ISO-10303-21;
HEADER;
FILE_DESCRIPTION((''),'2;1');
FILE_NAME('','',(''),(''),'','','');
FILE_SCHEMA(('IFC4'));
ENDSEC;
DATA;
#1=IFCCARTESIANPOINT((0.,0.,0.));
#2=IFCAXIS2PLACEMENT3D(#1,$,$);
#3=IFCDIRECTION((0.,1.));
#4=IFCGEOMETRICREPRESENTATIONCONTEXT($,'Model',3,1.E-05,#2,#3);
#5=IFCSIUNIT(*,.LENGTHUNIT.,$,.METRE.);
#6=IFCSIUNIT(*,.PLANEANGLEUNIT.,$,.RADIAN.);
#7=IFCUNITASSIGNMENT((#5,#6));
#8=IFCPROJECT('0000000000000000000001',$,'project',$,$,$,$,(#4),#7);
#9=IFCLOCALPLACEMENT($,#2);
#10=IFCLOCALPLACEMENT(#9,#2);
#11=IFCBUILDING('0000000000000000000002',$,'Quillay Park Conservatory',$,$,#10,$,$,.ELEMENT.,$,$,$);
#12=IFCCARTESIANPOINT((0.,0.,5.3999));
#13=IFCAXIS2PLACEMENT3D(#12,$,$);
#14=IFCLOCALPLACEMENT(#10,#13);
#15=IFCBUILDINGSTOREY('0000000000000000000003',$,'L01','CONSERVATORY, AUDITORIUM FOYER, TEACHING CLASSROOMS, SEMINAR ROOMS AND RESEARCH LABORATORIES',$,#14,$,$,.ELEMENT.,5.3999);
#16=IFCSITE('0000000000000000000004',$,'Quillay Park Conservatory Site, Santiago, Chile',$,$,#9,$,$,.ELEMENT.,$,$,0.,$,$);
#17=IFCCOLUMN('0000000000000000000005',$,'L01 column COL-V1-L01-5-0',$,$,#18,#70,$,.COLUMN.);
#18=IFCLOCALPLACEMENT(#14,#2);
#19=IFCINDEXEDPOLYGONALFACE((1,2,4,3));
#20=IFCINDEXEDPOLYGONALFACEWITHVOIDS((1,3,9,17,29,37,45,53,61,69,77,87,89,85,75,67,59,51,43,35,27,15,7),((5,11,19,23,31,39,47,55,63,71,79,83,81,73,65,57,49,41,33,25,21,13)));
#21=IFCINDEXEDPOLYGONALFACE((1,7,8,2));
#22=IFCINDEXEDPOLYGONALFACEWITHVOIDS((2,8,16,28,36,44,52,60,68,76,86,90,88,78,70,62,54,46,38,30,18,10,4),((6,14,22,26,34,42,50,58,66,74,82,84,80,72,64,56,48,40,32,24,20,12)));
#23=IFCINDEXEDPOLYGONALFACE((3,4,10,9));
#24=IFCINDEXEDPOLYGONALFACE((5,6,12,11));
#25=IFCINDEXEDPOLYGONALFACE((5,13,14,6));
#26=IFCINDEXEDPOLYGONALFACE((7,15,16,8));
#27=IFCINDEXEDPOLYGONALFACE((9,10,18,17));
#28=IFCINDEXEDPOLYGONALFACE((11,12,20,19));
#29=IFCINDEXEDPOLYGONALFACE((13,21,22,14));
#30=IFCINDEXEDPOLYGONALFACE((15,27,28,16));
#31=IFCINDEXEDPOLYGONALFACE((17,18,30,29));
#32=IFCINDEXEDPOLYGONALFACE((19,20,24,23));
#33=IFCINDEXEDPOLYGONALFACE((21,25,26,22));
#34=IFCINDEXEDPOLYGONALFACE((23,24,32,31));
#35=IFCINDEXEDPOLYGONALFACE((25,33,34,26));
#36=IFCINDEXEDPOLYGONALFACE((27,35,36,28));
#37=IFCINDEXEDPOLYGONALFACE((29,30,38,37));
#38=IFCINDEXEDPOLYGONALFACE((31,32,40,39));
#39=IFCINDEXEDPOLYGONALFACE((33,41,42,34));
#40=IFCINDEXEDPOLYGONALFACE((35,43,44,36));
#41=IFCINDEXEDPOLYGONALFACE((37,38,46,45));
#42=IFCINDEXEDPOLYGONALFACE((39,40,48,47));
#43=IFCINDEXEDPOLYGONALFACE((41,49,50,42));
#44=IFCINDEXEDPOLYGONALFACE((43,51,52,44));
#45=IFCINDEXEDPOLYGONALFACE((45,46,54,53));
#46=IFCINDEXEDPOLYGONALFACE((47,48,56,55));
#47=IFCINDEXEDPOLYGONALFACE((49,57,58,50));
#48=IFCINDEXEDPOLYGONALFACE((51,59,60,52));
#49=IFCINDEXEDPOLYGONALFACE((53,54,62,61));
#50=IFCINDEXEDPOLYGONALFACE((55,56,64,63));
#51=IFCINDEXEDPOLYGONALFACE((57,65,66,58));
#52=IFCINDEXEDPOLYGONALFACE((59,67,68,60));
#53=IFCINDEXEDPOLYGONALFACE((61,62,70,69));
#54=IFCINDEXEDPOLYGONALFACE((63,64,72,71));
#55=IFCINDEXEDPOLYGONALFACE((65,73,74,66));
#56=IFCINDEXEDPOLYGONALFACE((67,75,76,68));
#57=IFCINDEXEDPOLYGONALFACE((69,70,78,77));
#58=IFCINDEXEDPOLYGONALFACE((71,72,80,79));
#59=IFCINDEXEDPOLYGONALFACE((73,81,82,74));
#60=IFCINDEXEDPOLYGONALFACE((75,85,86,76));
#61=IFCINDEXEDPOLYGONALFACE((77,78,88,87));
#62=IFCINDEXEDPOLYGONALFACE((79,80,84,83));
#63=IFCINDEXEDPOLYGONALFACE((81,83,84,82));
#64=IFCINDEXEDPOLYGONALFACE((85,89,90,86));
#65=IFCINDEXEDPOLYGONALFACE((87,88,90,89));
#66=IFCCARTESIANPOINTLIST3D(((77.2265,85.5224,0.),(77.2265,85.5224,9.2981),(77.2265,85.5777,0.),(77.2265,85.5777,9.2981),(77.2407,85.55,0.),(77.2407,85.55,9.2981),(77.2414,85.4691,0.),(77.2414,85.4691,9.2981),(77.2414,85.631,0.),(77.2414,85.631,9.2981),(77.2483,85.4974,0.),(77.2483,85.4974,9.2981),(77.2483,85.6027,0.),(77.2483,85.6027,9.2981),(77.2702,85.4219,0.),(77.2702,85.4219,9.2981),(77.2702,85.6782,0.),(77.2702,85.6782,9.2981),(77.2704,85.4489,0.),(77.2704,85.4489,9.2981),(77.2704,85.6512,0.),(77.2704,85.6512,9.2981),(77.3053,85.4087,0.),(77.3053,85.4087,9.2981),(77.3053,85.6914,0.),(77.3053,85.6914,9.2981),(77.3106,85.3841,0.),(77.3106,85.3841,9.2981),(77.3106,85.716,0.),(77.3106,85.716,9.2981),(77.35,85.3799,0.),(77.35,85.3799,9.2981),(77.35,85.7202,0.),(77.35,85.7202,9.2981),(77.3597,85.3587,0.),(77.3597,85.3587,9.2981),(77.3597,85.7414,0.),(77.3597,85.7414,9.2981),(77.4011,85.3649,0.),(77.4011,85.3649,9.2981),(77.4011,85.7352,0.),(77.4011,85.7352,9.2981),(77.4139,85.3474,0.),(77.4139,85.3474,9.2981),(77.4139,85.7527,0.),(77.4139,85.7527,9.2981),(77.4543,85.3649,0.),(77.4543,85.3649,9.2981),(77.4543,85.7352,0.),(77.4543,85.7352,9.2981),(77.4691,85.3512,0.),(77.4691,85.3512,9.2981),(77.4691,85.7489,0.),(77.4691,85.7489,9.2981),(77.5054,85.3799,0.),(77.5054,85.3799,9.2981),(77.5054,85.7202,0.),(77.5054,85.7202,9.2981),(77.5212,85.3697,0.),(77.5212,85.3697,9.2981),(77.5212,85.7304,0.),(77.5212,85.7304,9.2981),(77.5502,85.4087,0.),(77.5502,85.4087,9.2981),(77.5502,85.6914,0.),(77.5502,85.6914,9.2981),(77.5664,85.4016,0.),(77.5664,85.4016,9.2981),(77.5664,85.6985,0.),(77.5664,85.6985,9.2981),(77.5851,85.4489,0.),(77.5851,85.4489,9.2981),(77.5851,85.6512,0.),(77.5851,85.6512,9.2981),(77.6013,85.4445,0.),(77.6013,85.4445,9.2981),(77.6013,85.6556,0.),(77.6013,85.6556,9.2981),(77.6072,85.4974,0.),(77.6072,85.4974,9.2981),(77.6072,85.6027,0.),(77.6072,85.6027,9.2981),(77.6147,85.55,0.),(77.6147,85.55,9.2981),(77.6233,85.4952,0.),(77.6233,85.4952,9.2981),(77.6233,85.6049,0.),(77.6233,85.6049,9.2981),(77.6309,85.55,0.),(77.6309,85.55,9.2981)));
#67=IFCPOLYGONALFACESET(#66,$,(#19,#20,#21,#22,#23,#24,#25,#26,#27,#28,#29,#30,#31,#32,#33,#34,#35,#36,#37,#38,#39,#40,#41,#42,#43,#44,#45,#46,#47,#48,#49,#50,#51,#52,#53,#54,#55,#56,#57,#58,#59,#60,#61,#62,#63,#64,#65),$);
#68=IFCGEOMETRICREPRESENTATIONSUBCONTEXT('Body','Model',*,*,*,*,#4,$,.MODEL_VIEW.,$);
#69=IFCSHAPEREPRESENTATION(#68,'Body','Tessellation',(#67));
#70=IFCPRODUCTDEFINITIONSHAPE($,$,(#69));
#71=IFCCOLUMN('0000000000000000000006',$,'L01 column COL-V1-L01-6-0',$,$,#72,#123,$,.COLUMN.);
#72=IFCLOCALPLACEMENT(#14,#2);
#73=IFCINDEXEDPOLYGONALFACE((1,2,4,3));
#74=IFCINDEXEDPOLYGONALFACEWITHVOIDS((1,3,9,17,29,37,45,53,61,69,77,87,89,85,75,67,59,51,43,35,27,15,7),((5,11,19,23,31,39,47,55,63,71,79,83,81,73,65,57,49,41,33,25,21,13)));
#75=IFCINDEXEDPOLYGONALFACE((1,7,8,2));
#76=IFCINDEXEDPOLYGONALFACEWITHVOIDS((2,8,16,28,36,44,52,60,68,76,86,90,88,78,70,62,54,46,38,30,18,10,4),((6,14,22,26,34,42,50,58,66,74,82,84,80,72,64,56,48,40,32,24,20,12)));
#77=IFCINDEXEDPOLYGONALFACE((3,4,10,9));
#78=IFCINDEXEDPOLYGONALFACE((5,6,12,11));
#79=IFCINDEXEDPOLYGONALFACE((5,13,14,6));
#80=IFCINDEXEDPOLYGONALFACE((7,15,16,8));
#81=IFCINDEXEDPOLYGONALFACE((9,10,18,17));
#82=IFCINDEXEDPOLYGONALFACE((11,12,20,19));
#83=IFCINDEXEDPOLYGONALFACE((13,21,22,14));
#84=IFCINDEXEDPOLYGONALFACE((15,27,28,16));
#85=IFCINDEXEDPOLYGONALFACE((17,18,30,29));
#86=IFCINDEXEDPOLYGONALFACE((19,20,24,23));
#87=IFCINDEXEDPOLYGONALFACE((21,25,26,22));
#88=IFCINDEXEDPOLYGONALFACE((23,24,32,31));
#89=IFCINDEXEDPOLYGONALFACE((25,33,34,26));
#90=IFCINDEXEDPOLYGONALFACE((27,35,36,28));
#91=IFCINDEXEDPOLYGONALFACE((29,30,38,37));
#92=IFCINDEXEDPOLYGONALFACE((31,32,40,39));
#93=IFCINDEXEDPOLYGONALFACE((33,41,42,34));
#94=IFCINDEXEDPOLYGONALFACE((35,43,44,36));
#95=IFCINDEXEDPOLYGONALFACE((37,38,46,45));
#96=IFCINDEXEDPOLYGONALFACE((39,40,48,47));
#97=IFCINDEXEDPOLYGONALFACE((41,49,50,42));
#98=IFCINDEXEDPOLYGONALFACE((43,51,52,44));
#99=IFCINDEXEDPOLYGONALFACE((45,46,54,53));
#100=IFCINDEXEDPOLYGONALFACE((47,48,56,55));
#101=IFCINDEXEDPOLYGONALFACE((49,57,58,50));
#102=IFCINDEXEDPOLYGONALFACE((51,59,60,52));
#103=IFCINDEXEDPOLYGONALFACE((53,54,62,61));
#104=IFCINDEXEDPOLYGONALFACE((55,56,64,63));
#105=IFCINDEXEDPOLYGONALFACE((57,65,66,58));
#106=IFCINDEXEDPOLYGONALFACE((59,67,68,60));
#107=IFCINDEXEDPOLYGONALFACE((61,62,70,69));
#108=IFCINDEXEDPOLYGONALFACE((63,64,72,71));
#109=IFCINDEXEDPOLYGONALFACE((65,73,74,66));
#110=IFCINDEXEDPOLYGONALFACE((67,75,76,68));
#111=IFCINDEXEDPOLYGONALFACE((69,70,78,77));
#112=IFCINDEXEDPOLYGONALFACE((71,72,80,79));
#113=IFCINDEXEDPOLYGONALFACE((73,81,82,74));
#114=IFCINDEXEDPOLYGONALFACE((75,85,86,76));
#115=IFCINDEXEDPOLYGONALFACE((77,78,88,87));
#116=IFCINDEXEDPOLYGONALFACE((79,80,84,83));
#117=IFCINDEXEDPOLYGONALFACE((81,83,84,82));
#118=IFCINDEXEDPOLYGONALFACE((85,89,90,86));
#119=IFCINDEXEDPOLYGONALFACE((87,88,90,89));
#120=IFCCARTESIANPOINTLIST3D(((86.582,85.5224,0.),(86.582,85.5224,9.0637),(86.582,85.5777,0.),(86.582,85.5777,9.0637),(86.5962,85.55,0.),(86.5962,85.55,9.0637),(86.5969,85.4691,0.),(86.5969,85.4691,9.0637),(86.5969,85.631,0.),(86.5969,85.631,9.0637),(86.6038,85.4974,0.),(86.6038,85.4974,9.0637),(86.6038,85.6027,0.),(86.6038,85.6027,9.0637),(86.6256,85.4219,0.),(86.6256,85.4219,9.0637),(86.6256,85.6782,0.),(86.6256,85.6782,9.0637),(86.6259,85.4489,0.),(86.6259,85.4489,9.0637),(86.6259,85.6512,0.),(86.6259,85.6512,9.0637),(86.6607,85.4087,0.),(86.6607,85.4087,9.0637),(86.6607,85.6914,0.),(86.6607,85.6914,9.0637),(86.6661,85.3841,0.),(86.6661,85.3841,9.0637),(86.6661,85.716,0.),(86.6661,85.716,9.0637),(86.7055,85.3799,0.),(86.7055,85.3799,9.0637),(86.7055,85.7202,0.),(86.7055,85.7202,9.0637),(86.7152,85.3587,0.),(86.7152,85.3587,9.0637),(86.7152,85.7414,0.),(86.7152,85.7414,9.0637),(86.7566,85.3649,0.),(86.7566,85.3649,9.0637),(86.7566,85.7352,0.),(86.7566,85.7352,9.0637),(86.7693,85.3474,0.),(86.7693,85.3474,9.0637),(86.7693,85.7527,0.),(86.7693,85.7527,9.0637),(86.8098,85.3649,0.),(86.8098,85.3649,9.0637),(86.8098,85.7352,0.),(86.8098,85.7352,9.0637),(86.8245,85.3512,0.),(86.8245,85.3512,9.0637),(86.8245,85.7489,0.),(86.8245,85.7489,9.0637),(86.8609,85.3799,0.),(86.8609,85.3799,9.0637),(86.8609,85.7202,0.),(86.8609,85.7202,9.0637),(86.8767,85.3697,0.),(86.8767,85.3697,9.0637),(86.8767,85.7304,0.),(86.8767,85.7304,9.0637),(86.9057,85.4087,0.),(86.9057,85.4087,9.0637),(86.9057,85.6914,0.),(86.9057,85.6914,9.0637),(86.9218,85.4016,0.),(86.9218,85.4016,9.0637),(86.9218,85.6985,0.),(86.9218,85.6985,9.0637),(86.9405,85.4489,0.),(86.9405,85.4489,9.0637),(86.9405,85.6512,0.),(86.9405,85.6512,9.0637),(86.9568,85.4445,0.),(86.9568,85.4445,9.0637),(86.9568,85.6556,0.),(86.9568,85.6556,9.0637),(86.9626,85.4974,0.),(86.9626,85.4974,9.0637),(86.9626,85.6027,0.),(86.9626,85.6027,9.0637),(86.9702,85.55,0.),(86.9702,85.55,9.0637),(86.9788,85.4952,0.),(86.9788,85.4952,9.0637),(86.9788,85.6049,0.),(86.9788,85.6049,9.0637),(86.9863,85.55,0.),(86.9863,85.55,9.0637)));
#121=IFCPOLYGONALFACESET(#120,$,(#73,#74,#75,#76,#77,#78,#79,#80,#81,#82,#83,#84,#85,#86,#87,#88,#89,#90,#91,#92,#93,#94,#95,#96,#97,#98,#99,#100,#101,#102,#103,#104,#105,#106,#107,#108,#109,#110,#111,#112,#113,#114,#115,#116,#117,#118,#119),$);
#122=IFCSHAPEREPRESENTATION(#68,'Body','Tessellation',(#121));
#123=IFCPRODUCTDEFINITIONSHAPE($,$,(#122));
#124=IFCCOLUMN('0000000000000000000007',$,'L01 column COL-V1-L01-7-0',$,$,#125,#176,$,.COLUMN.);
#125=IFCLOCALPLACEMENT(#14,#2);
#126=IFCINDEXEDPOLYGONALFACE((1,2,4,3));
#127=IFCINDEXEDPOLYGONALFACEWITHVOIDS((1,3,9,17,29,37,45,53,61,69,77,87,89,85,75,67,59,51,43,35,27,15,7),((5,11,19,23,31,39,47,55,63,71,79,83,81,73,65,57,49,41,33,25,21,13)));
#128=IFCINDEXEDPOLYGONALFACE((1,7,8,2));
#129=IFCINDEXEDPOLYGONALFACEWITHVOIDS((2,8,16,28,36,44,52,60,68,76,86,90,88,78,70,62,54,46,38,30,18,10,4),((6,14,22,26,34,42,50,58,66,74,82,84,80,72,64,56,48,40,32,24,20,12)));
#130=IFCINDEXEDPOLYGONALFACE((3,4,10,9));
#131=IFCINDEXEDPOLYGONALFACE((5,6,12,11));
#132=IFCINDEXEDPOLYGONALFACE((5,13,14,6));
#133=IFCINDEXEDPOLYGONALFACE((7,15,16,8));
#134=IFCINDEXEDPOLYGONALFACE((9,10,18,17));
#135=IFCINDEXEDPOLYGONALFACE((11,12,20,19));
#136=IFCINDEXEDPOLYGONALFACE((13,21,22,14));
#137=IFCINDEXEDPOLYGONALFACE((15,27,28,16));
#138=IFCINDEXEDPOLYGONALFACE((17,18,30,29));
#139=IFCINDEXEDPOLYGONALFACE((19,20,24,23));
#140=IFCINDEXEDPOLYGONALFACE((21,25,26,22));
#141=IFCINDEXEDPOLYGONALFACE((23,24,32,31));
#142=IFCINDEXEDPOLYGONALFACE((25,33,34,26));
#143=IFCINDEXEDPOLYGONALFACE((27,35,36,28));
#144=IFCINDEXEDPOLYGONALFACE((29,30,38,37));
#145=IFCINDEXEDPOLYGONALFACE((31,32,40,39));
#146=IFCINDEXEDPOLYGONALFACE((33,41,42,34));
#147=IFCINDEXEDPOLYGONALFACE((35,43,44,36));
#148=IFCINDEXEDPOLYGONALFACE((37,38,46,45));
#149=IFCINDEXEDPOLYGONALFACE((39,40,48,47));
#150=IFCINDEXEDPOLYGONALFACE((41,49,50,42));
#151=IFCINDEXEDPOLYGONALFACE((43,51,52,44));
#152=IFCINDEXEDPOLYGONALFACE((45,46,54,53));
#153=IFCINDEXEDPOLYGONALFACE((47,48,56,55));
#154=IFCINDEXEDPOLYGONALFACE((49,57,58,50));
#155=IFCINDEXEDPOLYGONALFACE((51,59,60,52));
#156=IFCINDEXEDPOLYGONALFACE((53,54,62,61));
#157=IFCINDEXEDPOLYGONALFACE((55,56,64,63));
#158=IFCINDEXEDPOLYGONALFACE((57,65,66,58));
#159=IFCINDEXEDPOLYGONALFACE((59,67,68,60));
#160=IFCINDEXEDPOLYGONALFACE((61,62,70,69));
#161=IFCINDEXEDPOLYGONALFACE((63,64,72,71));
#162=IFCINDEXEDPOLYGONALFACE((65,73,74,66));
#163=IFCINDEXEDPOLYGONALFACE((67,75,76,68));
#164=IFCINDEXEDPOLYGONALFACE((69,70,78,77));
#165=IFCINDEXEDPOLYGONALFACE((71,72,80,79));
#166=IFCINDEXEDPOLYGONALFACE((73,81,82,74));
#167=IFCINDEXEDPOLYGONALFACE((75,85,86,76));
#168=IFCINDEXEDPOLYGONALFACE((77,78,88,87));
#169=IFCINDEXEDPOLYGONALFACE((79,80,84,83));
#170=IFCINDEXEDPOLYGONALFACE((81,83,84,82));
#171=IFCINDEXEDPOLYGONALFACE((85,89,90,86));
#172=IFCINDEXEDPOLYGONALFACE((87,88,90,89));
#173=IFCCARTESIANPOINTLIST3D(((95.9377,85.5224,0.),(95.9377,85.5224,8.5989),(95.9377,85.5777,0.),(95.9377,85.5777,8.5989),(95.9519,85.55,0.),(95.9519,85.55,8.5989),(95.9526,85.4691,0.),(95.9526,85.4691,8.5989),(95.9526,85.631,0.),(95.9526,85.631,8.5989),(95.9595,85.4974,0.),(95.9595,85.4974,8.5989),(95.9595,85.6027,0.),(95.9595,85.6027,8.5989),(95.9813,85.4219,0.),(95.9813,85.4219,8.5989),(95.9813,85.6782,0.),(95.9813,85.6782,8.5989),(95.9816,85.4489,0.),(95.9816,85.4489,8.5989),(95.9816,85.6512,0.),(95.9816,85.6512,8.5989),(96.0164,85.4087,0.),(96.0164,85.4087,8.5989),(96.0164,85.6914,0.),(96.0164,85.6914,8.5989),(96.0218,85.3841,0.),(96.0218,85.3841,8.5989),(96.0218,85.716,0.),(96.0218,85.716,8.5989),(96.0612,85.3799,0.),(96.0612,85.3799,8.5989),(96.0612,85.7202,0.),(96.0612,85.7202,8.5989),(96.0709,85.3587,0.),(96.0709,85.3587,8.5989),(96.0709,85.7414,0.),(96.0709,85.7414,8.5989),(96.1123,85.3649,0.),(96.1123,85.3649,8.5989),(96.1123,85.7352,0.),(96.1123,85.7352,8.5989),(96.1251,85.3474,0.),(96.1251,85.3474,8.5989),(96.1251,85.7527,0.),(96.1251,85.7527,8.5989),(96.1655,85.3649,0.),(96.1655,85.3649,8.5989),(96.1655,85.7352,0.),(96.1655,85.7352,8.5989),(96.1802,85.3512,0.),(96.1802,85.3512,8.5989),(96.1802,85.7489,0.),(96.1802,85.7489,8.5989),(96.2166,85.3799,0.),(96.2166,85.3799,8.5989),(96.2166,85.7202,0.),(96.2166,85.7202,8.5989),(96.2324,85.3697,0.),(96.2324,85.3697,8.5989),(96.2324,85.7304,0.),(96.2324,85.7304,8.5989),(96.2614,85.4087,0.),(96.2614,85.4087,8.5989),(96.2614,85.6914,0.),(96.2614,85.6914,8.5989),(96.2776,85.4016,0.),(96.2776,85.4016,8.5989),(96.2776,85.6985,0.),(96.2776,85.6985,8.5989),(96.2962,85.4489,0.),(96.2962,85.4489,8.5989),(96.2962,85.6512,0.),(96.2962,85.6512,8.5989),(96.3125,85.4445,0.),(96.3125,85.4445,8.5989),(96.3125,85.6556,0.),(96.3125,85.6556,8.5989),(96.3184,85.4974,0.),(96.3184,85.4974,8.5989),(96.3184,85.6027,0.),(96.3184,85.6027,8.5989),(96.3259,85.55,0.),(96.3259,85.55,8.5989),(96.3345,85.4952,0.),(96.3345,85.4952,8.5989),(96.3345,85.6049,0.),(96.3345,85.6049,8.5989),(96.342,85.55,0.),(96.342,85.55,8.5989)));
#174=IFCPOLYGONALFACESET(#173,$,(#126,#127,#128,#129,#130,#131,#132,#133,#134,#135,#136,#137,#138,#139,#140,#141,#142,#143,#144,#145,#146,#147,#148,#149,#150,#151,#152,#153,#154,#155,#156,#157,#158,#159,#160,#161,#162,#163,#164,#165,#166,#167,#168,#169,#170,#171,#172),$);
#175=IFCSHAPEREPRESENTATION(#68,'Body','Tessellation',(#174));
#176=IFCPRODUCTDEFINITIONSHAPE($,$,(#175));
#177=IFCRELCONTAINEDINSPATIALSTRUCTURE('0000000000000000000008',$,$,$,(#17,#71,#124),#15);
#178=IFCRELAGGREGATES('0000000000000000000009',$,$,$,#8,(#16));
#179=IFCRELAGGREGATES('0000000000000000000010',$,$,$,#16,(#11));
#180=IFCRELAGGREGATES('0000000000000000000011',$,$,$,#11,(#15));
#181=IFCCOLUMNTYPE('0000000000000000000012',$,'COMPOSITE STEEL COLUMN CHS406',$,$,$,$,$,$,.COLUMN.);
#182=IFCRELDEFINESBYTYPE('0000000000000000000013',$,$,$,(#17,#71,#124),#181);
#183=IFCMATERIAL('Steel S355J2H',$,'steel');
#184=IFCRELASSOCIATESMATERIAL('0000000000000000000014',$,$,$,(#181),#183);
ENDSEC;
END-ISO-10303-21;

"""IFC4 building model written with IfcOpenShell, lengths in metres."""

from ifc_helpers import new_model, si_unit, direction, frame, origin, origin_2d, place, context, subcontext, project, spatial, hollow_circle, extrude, material, material_profile, profile_set, type_object, element, save


model = new_model("IFC4")

# Units and contexts
model_context = context("Model", 3, precision=1e-05, world=origin(), true_north=direction((0.0, 1.0)))
body_context = subcontext(model_context, "Body", "Model", "MODEL_VIEW")
ifc_project = project(units=[si_unit("LENGTHUNIT", "METRE"), si_unit("PLANEANGLEUNIT", "RADIAN")], contexts=[model_context])

# Site, building, storey
site_placement = place(None, origin())
site = spatial("IfcSite", under=ifc_project, at=site_placement, Name="Quillay Park Conservatory Site, Santiago, Chile", CompositionType="ELEMENT", RefElevation=0.0)
building_placement = place(site_placement, origin())
building = spatial("IfcBuilding", under=site, at=building_placement, Name="Quillay Park Conservatory", CompositionType="ELEMENT")
storey_placement = place(building_placement, frame((0.0, 0.0, 5.3999)))
storey = spatial("IfcBuildingStorey", under=building, at=storey_placement, Name="L01", Description="CONSERVATORY, AUDITORIUM FOYER, TEACHING CLASSROOMS, SEMINAR ROOMS AND RESEARCH LABORATORIES", CompositionType="ELEMENT", Elevation=5.3999)

# Columns
ifc_material_1 = material(Name="Steel S355J2H", Category="steel")
ifc_material_profile_1 = material_profile(ifc_material_1, hollow_circle(Radius=0.2031, WallThickness=0.0161, at=origin_2d()), Name="CHS406.4x16")
ifc_profile_set_1 = profile_set([ifc_material_profile_1], Name="Steel S355J2H")
column_type = type_object("IfcColumnType", Name="COMPOSITE STEEL COLUMN CHS406", PredefinedType="COLUMN", material=ifc_profile_set_1)
column_1_placement = place(storey_placement, frame((77.4277, 85.55, 0.0), z_axis=(0.0, 0.0, 1.0), x_axis=(1.0, 0.0, 0.0)))
element("IfcColumn", 1, at=column_1_placement, inside=storey, type_object=column_type, Name="L01 column COL-V1-L01-5-0", PredefinedType="COLUMN", context=body_context, shape_type="SweptSolid", body=[
    extrude(hollow_circle(Radius=0.2031, WallThickness=0.0161, at=origin_2d()), origin(), (0.0, 0.0, 1.0), 9.2981),
])
column_2_placement = place(storey_placement, frame((86.7832, 85.55, 0.0), z_axis=(0.0, 0.0, 1.0), x_axis=(1.0, 0.0, 0.0)))
element("IfcColumn", 2, at=column_2_placement, inside=storey, type_object=column_type, Name="L01 column COL-V1-L01-6-0", PredefinedType="COLUMN", context=body_context, shape_type="SweptSolid", body=[
    extrude(hollow_circle(Radius=0.2031, WallThickness=0.0161, at=origin_2d()), origin(), (0.0, 0.0, 1.0), 9.0637),
])
column_3_placement = place(storey_placement, frame((96.1389, 85.55, 0.0), z_axis=(0.0, 0.0, 1.0), x_axis=(1.0, 0.0, 0.0)))
element("IfcColumn", 3, at=column_3_placement, inside=storey, type_object=column_type, Name="L01 column COL-V1-L01-7-0", PredefinedType="COLUMN", context=body_context, shape_type="SweptSolid", body=[
    extrude(hollow_circle(Radius=0.2031, WallThickness=0.0161, at=origin_2d()), origin(), (0.0, 0.0, 1.0), 8.5989),
])

save(model, "model.ifc")
